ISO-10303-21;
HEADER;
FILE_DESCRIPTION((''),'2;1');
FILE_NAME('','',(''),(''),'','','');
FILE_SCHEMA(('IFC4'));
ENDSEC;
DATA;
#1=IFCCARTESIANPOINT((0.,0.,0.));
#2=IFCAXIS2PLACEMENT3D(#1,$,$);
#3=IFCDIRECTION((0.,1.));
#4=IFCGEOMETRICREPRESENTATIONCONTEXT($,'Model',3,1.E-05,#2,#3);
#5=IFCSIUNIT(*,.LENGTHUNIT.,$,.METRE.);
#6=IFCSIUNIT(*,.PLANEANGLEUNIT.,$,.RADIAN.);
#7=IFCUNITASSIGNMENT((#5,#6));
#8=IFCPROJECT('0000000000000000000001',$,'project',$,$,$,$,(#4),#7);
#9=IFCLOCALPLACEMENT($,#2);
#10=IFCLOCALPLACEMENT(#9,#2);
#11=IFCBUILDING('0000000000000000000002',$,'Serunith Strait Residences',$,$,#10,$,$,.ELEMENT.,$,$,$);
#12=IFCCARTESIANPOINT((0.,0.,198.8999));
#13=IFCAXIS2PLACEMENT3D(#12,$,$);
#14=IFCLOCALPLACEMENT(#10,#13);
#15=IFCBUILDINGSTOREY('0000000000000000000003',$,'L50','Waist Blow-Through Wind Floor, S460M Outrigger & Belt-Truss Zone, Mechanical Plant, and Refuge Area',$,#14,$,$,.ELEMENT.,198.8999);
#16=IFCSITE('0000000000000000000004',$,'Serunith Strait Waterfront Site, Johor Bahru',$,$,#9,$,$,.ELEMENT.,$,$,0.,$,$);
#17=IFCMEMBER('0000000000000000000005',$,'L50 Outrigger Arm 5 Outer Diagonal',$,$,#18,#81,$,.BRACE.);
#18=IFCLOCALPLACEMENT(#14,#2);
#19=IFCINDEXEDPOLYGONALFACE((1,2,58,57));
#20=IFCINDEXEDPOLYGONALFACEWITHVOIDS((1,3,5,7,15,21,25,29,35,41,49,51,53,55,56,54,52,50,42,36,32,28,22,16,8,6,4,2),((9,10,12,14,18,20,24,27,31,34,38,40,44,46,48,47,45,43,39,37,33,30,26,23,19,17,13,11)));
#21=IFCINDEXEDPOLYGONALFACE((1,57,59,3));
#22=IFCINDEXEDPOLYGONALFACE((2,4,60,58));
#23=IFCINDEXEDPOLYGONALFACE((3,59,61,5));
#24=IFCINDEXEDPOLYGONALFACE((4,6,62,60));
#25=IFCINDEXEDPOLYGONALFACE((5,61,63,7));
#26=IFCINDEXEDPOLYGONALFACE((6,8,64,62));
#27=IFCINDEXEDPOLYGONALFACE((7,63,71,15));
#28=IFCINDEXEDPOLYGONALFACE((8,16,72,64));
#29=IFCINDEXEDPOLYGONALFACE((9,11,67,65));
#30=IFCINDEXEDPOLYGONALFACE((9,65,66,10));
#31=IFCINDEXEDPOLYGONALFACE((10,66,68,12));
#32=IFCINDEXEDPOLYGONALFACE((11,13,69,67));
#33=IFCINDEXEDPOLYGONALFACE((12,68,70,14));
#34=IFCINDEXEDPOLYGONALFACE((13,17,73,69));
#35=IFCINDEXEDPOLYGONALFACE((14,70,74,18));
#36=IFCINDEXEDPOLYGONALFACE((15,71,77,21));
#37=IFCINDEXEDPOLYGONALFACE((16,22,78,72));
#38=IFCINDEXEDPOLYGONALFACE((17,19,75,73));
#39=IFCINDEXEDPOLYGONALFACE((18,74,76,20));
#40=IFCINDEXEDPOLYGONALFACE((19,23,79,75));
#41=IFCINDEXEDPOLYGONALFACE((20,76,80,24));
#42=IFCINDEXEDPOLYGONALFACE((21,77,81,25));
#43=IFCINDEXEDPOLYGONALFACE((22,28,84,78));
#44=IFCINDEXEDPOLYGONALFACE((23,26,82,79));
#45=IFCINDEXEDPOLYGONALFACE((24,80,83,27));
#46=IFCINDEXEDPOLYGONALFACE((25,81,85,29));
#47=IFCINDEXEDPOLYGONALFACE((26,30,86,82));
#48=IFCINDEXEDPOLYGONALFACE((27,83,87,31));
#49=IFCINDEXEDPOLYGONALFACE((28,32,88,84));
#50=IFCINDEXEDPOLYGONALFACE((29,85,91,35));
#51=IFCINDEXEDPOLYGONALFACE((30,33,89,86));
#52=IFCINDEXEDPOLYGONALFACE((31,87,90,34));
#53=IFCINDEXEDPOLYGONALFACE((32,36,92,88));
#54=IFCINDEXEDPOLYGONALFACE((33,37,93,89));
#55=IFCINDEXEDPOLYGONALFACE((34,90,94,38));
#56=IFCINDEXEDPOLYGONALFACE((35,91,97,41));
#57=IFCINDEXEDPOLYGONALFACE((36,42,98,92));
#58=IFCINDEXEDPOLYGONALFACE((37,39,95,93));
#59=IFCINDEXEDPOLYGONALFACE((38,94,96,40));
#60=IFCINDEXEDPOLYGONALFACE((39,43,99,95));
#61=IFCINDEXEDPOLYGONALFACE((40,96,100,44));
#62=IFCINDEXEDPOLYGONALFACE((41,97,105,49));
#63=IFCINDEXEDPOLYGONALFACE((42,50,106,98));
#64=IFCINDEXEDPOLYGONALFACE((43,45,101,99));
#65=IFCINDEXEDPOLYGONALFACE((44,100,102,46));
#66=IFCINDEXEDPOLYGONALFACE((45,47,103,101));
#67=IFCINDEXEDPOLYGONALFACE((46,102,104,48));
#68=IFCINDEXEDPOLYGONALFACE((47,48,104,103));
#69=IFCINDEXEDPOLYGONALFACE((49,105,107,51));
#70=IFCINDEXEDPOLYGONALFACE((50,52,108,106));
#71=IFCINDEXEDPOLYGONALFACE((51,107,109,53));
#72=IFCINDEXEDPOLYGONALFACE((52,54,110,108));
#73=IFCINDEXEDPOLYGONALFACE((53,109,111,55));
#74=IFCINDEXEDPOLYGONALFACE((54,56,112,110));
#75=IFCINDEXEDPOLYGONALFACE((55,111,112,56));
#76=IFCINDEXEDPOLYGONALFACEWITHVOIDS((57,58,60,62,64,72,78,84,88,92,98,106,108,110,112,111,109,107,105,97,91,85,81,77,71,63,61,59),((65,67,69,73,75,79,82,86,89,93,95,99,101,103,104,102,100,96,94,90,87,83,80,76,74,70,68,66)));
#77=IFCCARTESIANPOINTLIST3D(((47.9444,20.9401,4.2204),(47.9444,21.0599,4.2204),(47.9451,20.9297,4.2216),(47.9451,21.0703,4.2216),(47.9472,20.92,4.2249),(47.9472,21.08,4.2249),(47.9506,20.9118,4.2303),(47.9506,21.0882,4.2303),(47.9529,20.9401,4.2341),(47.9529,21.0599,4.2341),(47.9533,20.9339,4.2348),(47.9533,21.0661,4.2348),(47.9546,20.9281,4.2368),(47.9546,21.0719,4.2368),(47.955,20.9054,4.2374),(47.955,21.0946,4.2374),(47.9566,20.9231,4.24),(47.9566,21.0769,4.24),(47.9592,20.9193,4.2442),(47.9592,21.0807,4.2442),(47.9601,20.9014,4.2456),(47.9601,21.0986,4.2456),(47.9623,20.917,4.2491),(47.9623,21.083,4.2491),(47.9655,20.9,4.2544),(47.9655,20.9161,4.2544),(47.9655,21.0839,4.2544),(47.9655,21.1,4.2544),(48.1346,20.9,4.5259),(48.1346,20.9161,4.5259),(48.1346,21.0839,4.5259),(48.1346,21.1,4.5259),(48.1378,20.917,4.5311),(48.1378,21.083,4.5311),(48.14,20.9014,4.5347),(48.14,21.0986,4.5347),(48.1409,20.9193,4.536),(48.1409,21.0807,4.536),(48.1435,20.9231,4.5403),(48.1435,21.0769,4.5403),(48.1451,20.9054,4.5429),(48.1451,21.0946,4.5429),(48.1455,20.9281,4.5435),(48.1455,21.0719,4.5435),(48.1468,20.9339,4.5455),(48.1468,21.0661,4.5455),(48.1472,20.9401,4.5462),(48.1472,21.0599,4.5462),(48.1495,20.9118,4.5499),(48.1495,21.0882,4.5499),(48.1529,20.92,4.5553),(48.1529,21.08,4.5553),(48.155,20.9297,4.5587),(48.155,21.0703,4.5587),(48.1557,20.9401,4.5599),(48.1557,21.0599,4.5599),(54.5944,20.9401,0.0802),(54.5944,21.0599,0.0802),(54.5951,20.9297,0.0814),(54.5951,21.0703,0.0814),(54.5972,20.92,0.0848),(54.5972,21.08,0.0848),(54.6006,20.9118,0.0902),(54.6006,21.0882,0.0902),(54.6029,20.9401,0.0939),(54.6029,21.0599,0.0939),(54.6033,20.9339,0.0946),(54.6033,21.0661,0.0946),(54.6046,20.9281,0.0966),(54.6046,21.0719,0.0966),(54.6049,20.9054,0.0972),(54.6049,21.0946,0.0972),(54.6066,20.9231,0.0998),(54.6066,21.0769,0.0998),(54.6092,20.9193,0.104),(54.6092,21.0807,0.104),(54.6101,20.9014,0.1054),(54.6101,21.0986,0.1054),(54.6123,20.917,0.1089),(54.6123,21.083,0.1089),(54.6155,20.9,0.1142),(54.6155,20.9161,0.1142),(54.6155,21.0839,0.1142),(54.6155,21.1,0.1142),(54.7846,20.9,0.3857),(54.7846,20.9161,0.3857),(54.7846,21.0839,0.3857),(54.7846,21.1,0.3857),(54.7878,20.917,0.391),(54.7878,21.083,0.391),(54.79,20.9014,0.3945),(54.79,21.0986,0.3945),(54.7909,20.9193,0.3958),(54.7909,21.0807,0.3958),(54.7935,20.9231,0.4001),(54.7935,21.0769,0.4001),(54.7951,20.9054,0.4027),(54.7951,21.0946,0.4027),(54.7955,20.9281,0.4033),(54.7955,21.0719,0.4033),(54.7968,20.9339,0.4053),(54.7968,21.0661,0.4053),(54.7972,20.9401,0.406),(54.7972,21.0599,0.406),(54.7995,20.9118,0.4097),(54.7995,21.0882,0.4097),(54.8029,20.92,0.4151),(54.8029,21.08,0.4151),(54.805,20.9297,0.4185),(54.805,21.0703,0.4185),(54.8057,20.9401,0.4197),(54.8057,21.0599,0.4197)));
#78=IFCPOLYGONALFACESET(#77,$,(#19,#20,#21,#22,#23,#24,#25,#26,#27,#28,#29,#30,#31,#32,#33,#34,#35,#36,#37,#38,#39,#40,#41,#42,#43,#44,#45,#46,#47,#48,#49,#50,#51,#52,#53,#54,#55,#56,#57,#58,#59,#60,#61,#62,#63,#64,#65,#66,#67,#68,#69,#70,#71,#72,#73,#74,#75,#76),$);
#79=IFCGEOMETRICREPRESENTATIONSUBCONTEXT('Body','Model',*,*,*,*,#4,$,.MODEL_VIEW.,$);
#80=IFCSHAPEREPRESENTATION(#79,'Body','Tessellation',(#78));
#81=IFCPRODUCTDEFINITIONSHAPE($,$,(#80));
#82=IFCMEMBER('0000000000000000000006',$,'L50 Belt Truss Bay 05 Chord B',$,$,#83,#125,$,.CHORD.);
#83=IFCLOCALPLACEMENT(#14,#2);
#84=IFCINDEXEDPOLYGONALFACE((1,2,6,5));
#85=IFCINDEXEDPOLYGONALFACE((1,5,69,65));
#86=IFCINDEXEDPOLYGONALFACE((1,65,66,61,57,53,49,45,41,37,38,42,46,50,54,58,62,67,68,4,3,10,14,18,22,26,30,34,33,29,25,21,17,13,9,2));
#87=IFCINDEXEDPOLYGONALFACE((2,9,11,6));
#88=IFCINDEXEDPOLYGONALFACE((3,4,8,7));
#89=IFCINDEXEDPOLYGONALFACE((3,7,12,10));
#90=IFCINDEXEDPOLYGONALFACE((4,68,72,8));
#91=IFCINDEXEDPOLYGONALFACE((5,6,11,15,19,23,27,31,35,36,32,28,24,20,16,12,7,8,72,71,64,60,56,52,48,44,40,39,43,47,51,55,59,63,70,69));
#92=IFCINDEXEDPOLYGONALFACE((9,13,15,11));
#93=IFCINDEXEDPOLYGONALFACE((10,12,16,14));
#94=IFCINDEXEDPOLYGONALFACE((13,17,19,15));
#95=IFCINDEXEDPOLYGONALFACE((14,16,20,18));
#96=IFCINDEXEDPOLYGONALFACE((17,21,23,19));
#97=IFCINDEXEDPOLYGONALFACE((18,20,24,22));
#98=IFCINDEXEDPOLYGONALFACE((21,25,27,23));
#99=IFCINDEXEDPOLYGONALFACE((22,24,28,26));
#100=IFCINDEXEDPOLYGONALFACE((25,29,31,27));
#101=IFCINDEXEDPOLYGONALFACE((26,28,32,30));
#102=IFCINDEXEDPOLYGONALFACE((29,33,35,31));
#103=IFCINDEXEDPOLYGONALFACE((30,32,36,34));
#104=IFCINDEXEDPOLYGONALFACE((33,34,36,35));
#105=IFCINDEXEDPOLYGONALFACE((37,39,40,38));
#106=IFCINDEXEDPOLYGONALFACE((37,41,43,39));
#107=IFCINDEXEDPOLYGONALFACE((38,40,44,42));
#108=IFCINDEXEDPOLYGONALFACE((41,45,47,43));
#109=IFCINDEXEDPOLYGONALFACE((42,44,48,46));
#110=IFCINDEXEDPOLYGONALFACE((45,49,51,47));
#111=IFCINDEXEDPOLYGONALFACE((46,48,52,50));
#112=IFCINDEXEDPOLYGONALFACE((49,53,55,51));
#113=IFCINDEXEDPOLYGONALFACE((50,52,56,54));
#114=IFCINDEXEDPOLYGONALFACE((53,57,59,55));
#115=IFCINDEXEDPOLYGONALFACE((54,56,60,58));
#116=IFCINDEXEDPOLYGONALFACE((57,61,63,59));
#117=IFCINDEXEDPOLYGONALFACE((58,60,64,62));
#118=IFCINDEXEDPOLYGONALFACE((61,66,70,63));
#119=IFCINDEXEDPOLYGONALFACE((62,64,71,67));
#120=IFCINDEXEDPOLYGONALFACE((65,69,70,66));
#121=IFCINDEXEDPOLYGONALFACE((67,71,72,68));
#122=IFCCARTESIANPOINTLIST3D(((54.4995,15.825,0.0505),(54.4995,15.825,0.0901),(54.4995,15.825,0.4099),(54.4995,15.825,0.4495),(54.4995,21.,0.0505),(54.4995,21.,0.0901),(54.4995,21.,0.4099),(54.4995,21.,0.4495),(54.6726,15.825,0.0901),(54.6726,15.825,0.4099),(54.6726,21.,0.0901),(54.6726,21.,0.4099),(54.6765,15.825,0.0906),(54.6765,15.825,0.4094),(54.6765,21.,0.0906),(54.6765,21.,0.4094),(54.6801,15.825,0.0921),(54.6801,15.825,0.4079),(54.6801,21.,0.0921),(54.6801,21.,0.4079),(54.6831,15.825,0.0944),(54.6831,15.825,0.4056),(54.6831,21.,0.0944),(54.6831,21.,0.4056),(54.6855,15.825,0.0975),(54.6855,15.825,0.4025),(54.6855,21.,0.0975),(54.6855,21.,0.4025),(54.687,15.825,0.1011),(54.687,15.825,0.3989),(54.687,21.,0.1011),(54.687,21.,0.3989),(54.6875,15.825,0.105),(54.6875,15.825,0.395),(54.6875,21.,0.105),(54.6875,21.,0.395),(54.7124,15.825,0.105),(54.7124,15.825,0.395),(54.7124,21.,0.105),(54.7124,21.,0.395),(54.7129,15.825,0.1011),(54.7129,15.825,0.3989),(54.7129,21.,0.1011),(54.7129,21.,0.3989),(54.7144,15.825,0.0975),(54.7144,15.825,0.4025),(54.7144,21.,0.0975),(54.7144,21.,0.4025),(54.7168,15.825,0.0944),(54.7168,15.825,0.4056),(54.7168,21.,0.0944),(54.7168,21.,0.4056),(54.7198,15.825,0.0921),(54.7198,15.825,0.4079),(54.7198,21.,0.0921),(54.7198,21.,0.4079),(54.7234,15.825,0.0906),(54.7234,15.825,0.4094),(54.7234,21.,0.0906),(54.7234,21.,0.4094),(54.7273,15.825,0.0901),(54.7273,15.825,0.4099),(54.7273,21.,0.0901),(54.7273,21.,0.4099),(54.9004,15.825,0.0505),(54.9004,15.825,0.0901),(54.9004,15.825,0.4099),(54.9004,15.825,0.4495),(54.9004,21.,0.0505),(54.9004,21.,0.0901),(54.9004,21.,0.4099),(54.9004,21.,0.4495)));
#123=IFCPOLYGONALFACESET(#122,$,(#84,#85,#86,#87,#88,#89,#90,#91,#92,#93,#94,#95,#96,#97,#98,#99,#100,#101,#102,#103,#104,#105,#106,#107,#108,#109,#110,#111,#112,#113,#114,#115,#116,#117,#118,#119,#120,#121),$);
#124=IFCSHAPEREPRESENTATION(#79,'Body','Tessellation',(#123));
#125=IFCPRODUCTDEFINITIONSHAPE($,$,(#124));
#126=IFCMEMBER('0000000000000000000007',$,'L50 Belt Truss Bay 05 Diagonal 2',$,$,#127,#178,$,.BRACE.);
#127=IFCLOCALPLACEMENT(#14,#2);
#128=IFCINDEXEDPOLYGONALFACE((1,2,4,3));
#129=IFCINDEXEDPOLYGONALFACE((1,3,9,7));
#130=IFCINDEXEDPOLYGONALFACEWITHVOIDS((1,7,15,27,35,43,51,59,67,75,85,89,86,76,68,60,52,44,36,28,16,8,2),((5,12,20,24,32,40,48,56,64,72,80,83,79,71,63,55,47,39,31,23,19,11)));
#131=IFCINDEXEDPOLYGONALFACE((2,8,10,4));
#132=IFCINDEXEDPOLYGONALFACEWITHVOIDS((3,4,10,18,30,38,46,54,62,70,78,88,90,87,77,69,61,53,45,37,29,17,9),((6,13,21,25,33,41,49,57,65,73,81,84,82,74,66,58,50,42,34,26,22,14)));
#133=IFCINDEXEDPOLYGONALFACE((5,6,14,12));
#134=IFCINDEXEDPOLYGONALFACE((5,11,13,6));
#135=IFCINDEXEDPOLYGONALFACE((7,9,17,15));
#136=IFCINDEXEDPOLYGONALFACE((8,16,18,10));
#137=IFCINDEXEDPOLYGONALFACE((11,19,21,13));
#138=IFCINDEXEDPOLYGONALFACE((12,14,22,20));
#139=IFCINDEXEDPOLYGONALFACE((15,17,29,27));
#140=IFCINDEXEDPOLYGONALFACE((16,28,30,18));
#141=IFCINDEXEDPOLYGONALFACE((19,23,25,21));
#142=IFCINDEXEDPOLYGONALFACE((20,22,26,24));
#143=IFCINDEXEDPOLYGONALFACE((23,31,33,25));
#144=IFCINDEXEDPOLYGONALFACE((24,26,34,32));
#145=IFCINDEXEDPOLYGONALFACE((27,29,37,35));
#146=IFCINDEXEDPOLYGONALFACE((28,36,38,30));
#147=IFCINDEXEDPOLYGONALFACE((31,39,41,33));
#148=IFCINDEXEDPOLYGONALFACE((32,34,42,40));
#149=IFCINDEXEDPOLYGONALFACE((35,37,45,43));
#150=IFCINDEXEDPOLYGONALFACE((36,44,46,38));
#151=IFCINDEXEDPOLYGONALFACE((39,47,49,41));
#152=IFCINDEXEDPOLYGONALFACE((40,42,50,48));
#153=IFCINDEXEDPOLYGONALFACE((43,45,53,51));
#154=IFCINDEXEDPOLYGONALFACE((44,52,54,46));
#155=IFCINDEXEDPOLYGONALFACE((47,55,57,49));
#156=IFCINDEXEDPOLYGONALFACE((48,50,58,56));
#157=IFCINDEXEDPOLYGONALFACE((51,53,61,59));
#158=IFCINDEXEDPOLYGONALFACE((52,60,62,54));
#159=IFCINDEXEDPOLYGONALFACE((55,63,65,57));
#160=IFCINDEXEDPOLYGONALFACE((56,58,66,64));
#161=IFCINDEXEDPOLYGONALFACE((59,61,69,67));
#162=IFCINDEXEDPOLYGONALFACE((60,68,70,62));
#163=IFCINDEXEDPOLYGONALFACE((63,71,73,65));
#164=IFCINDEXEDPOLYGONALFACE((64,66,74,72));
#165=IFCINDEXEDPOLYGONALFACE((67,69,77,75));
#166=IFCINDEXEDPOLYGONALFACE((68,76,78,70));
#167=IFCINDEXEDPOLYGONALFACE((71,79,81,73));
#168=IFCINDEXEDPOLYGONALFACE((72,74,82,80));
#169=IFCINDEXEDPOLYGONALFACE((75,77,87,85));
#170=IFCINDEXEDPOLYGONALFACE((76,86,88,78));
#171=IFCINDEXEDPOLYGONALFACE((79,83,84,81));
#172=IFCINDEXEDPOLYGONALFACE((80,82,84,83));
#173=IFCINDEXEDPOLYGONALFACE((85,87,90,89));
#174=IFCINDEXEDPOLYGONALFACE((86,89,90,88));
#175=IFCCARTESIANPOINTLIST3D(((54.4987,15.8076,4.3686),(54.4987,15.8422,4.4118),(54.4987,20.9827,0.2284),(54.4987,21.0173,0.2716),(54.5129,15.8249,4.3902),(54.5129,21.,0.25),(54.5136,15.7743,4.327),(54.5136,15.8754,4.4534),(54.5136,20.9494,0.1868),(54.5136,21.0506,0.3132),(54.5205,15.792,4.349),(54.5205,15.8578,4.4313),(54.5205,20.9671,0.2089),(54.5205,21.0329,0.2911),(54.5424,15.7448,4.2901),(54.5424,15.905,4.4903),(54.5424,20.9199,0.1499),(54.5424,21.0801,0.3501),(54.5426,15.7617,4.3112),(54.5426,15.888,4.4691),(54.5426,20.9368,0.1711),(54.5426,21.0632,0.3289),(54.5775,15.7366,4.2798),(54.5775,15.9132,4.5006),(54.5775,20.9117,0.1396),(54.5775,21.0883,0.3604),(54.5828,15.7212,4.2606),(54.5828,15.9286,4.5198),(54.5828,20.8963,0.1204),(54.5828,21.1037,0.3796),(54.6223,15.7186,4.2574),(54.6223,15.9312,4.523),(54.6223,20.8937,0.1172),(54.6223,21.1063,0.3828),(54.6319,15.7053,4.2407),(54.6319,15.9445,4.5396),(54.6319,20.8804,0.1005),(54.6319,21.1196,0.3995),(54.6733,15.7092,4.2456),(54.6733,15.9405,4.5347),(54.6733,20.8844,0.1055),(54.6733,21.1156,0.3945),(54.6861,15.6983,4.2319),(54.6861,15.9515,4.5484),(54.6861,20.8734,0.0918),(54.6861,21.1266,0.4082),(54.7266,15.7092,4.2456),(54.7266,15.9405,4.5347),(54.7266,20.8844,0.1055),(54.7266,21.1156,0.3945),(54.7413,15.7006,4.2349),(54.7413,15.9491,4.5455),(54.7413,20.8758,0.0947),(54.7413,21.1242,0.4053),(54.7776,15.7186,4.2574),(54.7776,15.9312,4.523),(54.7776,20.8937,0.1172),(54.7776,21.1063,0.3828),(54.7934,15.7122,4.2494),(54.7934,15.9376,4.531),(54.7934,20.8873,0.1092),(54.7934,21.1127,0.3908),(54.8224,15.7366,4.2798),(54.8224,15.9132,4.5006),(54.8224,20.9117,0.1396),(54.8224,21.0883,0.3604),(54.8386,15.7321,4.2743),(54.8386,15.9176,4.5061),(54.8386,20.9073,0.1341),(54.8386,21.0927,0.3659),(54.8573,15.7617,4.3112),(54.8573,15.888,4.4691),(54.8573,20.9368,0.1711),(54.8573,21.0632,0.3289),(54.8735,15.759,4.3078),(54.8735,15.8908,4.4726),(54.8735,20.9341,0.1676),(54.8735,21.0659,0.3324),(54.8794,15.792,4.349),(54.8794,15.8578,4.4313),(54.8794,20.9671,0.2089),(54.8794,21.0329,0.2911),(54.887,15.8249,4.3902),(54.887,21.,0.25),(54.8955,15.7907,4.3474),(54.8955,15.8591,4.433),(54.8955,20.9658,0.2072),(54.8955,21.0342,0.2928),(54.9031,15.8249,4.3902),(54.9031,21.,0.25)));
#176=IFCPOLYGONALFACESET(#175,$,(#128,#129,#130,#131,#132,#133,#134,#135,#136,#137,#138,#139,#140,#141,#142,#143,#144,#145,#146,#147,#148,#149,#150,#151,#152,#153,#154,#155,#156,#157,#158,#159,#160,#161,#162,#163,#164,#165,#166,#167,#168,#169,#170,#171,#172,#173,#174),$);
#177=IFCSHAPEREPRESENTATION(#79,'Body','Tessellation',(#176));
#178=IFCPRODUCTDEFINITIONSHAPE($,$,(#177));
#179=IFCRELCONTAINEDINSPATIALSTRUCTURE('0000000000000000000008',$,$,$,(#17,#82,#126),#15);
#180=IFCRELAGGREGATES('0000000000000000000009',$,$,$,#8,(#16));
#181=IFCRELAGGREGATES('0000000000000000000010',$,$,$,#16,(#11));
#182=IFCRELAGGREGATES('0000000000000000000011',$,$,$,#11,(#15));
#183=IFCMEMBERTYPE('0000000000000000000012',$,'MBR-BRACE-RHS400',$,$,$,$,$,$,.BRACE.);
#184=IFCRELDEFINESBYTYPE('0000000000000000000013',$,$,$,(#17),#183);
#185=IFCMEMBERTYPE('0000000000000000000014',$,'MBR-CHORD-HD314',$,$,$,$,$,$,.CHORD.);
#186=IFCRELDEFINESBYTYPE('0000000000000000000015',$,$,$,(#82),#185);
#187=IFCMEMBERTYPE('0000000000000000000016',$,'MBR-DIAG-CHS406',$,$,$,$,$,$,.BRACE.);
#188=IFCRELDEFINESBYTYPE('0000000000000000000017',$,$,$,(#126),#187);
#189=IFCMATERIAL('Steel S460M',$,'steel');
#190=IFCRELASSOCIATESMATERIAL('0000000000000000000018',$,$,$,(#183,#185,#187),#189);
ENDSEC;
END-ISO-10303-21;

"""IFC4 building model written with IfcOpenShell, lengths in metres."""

from ifc_helpers import new_model, si_unit, direction, frame, origin, origin_2d, place, context, subcontext, project, spatial, hollow_rectangle, hollow_circle, i_section, extrude, source, transform, mapped, material, material_profile, profile_set, type_object, element, save


model = new_model("IFC4")

# Units and contexts
model_context = context("Model", 3, precision=1e-05, world=origin(), true_north=direction((0.0, 1.0)))
body_context = subcontext(model_context, "Body", "Model", "MODEL_VIEW")
ifc_project = project(units=[si_unit("LENGTHUNIT", "METRE"), si_unit("PLANEANGLEUNIT", "RADIAN")], contexts=[model_context])

# Site, building, storey
site_placement = place(None, origin())
site = spatial("IfcSite", under=ifc_project, at=site_placement, Name="Serunith Strait Waterfront Site, Johor Bahru", CompositionType="ELEMENT", RefElevation=0.0)
building_placement = place(site_placement, origin())
building = spatial("IfcBuilding", under=site, at=building_placement, Name="Serunith Strait Residences", CompositionType="ELEMENT")
storey_placement = place(building_placement, frame((0.0, 0.0, 198.8999)))
storey = spatial("IfcBuildingStorey", under=building, at=storey_placement, Name="L50", Description="Waist Blow-Through Wind Floor, S460M Outrigger & Belt-Truss Zone, Mechanical Plant, and Refuge Area", CompositionType="ELEMENT", Elevation=198.8999)

# Members
ifc_material_1 = material(Name="Steel S460M", Category="steel")
ifc_material_profile_1 = material_profile(ifc_material_1, hollow_rectangle(XDim=0.2, YDim=0.3999, WallThickness=0.0161, InnerFilletRadius=0.0239, OuterFilletRadius=0.04, at=origin_2d()), Name="RHS 400x200x16")
ifc_profile_set_1 = profile_set([ifc_material_profile_1], Name="Steel S460M")
member_type_1 = type_object("IfcMemberType", Name="MBR-BRACE-RHS400", PredefinedType="BRACE", material=ifc_profile_set_1)
shared_shape_1 = source(origin(), body_context, "Body", "SweptSolid", [
    extrude(hollow_rectangle(XDim=0.2, YDim=0.3999, WallThickness=0.0161, InnerFilletRadius=0.0239, OuterFilletRadius=0.04, at=origin_2d()), origin(), (0.0, 0.0, 1.0), 7.8335),
])
member_1_placement = place(storey_placement, frame((48.05, 21.0, 4.3901), z_axis=(0.848918, 0.0, -0.528525), x_axis=(0.0, 1.0, 0.0)))
element("IfcMember", 1, at=member_1_placement, inside=storey, type_object=member_type_1, Name="L50 Outrigger Arm 5 Outer Diagonal", PredefinedType="BRACE", context=body_context, shape_type="MappedRepresentation", body=[
    mapped(shared_shape_1, transform((0.0, 0.0, 0.0), scale=1.0)),
])
ifc_material_profile_2 = material_profile(ifc_material_1, i_section(OverallWidth=0.4009, OverallDepth=0.3989, WebThickness=0.0249, FlangeThickness=0.0396, FilletRadius=0.0149, at=origin_2d()), Name="HD 400x314")
ifc_profile_set_2 = profile_set([ifc_material_profile_2], Name="Steel S460M")
member_type_2 = type_object("IfcMemberType", Name="MBR-CHORD-HD314", PredefinedType="CHORD", material=ifc_profile_set_2)
shared_shape_2 = source(origin(), body_context, "Body", "SweptSolid", [
    extrude(i_section(OverallWidth=0.4009, OverallDepth=0.3989, WebThickness=0.0249, FlangeThickness=0.0396, FilletRadius=0.0149, at=origin_2d()), origin(), (0.0, 0.0, 1.0), 5.175),
])
member_2_placement = place(storey_placement, frame((54.7, 15.825, 0.25), z_axis=(0.0, 1.0, 0.0), x_axis=(-1.0, 0.0, 0.0)))
element("IfcMember", 2, at=member_2_placement, inside=storey, type_object=member_type_2, Name="L50 Belt Truss Bay 05 Chord B", PredefinedType="CHORD", context=body_context, shape_type="MappedRepresentation", body=[
    mapped(shared_shape_2, transform((0.0, 0.0, 0.0), scale=1.0)),
])
ifc_material_profile_3 = material_profile(ifc_material_1, hollow_circle(Radius=0.2031, WallThickness=0.0161, at=origin_2d()), Name="CHS 406.4x16")
ifc_profile_set_3 = profile_set([ifc_material_profile_3], Name="Steel S460M")
member_type_3 = type_object("IfcMemberType", Name="MBR-DIAG-CHS406", PredefinedType="BRACE", material=ifc_profile_set_3)
shared_shape_3 = source(origin(), body_context, "Body", "SweptSolid", [
    extrude(hollow_circle(Radius=0.2031, WallThickness=0.0161, at=origin_2d()), origin(), (0.0, 0.0, 1.0), 6.6274),
])
member_3_placement = place(storey_placement, frame((54.7, 21.0, 0.25), z_axis=(0.0, -0.780862, 0.624704), x_axis=(1.0, 0.0, 0.0)))
element("IfcMember", 3, at=member_3_placement, inside=storey, type_object=member_type_3, Name="L50 Belt Truss Bay 05 Diagonal 2", PredefinedType="BRACE", context=body_context, shape_type="MappedRepresentation", body=[
    mapped(shared_shape_3, transform((0.0, 0.0, 0.0), scale=1.0)),
])

save(model, "model.ifc")
